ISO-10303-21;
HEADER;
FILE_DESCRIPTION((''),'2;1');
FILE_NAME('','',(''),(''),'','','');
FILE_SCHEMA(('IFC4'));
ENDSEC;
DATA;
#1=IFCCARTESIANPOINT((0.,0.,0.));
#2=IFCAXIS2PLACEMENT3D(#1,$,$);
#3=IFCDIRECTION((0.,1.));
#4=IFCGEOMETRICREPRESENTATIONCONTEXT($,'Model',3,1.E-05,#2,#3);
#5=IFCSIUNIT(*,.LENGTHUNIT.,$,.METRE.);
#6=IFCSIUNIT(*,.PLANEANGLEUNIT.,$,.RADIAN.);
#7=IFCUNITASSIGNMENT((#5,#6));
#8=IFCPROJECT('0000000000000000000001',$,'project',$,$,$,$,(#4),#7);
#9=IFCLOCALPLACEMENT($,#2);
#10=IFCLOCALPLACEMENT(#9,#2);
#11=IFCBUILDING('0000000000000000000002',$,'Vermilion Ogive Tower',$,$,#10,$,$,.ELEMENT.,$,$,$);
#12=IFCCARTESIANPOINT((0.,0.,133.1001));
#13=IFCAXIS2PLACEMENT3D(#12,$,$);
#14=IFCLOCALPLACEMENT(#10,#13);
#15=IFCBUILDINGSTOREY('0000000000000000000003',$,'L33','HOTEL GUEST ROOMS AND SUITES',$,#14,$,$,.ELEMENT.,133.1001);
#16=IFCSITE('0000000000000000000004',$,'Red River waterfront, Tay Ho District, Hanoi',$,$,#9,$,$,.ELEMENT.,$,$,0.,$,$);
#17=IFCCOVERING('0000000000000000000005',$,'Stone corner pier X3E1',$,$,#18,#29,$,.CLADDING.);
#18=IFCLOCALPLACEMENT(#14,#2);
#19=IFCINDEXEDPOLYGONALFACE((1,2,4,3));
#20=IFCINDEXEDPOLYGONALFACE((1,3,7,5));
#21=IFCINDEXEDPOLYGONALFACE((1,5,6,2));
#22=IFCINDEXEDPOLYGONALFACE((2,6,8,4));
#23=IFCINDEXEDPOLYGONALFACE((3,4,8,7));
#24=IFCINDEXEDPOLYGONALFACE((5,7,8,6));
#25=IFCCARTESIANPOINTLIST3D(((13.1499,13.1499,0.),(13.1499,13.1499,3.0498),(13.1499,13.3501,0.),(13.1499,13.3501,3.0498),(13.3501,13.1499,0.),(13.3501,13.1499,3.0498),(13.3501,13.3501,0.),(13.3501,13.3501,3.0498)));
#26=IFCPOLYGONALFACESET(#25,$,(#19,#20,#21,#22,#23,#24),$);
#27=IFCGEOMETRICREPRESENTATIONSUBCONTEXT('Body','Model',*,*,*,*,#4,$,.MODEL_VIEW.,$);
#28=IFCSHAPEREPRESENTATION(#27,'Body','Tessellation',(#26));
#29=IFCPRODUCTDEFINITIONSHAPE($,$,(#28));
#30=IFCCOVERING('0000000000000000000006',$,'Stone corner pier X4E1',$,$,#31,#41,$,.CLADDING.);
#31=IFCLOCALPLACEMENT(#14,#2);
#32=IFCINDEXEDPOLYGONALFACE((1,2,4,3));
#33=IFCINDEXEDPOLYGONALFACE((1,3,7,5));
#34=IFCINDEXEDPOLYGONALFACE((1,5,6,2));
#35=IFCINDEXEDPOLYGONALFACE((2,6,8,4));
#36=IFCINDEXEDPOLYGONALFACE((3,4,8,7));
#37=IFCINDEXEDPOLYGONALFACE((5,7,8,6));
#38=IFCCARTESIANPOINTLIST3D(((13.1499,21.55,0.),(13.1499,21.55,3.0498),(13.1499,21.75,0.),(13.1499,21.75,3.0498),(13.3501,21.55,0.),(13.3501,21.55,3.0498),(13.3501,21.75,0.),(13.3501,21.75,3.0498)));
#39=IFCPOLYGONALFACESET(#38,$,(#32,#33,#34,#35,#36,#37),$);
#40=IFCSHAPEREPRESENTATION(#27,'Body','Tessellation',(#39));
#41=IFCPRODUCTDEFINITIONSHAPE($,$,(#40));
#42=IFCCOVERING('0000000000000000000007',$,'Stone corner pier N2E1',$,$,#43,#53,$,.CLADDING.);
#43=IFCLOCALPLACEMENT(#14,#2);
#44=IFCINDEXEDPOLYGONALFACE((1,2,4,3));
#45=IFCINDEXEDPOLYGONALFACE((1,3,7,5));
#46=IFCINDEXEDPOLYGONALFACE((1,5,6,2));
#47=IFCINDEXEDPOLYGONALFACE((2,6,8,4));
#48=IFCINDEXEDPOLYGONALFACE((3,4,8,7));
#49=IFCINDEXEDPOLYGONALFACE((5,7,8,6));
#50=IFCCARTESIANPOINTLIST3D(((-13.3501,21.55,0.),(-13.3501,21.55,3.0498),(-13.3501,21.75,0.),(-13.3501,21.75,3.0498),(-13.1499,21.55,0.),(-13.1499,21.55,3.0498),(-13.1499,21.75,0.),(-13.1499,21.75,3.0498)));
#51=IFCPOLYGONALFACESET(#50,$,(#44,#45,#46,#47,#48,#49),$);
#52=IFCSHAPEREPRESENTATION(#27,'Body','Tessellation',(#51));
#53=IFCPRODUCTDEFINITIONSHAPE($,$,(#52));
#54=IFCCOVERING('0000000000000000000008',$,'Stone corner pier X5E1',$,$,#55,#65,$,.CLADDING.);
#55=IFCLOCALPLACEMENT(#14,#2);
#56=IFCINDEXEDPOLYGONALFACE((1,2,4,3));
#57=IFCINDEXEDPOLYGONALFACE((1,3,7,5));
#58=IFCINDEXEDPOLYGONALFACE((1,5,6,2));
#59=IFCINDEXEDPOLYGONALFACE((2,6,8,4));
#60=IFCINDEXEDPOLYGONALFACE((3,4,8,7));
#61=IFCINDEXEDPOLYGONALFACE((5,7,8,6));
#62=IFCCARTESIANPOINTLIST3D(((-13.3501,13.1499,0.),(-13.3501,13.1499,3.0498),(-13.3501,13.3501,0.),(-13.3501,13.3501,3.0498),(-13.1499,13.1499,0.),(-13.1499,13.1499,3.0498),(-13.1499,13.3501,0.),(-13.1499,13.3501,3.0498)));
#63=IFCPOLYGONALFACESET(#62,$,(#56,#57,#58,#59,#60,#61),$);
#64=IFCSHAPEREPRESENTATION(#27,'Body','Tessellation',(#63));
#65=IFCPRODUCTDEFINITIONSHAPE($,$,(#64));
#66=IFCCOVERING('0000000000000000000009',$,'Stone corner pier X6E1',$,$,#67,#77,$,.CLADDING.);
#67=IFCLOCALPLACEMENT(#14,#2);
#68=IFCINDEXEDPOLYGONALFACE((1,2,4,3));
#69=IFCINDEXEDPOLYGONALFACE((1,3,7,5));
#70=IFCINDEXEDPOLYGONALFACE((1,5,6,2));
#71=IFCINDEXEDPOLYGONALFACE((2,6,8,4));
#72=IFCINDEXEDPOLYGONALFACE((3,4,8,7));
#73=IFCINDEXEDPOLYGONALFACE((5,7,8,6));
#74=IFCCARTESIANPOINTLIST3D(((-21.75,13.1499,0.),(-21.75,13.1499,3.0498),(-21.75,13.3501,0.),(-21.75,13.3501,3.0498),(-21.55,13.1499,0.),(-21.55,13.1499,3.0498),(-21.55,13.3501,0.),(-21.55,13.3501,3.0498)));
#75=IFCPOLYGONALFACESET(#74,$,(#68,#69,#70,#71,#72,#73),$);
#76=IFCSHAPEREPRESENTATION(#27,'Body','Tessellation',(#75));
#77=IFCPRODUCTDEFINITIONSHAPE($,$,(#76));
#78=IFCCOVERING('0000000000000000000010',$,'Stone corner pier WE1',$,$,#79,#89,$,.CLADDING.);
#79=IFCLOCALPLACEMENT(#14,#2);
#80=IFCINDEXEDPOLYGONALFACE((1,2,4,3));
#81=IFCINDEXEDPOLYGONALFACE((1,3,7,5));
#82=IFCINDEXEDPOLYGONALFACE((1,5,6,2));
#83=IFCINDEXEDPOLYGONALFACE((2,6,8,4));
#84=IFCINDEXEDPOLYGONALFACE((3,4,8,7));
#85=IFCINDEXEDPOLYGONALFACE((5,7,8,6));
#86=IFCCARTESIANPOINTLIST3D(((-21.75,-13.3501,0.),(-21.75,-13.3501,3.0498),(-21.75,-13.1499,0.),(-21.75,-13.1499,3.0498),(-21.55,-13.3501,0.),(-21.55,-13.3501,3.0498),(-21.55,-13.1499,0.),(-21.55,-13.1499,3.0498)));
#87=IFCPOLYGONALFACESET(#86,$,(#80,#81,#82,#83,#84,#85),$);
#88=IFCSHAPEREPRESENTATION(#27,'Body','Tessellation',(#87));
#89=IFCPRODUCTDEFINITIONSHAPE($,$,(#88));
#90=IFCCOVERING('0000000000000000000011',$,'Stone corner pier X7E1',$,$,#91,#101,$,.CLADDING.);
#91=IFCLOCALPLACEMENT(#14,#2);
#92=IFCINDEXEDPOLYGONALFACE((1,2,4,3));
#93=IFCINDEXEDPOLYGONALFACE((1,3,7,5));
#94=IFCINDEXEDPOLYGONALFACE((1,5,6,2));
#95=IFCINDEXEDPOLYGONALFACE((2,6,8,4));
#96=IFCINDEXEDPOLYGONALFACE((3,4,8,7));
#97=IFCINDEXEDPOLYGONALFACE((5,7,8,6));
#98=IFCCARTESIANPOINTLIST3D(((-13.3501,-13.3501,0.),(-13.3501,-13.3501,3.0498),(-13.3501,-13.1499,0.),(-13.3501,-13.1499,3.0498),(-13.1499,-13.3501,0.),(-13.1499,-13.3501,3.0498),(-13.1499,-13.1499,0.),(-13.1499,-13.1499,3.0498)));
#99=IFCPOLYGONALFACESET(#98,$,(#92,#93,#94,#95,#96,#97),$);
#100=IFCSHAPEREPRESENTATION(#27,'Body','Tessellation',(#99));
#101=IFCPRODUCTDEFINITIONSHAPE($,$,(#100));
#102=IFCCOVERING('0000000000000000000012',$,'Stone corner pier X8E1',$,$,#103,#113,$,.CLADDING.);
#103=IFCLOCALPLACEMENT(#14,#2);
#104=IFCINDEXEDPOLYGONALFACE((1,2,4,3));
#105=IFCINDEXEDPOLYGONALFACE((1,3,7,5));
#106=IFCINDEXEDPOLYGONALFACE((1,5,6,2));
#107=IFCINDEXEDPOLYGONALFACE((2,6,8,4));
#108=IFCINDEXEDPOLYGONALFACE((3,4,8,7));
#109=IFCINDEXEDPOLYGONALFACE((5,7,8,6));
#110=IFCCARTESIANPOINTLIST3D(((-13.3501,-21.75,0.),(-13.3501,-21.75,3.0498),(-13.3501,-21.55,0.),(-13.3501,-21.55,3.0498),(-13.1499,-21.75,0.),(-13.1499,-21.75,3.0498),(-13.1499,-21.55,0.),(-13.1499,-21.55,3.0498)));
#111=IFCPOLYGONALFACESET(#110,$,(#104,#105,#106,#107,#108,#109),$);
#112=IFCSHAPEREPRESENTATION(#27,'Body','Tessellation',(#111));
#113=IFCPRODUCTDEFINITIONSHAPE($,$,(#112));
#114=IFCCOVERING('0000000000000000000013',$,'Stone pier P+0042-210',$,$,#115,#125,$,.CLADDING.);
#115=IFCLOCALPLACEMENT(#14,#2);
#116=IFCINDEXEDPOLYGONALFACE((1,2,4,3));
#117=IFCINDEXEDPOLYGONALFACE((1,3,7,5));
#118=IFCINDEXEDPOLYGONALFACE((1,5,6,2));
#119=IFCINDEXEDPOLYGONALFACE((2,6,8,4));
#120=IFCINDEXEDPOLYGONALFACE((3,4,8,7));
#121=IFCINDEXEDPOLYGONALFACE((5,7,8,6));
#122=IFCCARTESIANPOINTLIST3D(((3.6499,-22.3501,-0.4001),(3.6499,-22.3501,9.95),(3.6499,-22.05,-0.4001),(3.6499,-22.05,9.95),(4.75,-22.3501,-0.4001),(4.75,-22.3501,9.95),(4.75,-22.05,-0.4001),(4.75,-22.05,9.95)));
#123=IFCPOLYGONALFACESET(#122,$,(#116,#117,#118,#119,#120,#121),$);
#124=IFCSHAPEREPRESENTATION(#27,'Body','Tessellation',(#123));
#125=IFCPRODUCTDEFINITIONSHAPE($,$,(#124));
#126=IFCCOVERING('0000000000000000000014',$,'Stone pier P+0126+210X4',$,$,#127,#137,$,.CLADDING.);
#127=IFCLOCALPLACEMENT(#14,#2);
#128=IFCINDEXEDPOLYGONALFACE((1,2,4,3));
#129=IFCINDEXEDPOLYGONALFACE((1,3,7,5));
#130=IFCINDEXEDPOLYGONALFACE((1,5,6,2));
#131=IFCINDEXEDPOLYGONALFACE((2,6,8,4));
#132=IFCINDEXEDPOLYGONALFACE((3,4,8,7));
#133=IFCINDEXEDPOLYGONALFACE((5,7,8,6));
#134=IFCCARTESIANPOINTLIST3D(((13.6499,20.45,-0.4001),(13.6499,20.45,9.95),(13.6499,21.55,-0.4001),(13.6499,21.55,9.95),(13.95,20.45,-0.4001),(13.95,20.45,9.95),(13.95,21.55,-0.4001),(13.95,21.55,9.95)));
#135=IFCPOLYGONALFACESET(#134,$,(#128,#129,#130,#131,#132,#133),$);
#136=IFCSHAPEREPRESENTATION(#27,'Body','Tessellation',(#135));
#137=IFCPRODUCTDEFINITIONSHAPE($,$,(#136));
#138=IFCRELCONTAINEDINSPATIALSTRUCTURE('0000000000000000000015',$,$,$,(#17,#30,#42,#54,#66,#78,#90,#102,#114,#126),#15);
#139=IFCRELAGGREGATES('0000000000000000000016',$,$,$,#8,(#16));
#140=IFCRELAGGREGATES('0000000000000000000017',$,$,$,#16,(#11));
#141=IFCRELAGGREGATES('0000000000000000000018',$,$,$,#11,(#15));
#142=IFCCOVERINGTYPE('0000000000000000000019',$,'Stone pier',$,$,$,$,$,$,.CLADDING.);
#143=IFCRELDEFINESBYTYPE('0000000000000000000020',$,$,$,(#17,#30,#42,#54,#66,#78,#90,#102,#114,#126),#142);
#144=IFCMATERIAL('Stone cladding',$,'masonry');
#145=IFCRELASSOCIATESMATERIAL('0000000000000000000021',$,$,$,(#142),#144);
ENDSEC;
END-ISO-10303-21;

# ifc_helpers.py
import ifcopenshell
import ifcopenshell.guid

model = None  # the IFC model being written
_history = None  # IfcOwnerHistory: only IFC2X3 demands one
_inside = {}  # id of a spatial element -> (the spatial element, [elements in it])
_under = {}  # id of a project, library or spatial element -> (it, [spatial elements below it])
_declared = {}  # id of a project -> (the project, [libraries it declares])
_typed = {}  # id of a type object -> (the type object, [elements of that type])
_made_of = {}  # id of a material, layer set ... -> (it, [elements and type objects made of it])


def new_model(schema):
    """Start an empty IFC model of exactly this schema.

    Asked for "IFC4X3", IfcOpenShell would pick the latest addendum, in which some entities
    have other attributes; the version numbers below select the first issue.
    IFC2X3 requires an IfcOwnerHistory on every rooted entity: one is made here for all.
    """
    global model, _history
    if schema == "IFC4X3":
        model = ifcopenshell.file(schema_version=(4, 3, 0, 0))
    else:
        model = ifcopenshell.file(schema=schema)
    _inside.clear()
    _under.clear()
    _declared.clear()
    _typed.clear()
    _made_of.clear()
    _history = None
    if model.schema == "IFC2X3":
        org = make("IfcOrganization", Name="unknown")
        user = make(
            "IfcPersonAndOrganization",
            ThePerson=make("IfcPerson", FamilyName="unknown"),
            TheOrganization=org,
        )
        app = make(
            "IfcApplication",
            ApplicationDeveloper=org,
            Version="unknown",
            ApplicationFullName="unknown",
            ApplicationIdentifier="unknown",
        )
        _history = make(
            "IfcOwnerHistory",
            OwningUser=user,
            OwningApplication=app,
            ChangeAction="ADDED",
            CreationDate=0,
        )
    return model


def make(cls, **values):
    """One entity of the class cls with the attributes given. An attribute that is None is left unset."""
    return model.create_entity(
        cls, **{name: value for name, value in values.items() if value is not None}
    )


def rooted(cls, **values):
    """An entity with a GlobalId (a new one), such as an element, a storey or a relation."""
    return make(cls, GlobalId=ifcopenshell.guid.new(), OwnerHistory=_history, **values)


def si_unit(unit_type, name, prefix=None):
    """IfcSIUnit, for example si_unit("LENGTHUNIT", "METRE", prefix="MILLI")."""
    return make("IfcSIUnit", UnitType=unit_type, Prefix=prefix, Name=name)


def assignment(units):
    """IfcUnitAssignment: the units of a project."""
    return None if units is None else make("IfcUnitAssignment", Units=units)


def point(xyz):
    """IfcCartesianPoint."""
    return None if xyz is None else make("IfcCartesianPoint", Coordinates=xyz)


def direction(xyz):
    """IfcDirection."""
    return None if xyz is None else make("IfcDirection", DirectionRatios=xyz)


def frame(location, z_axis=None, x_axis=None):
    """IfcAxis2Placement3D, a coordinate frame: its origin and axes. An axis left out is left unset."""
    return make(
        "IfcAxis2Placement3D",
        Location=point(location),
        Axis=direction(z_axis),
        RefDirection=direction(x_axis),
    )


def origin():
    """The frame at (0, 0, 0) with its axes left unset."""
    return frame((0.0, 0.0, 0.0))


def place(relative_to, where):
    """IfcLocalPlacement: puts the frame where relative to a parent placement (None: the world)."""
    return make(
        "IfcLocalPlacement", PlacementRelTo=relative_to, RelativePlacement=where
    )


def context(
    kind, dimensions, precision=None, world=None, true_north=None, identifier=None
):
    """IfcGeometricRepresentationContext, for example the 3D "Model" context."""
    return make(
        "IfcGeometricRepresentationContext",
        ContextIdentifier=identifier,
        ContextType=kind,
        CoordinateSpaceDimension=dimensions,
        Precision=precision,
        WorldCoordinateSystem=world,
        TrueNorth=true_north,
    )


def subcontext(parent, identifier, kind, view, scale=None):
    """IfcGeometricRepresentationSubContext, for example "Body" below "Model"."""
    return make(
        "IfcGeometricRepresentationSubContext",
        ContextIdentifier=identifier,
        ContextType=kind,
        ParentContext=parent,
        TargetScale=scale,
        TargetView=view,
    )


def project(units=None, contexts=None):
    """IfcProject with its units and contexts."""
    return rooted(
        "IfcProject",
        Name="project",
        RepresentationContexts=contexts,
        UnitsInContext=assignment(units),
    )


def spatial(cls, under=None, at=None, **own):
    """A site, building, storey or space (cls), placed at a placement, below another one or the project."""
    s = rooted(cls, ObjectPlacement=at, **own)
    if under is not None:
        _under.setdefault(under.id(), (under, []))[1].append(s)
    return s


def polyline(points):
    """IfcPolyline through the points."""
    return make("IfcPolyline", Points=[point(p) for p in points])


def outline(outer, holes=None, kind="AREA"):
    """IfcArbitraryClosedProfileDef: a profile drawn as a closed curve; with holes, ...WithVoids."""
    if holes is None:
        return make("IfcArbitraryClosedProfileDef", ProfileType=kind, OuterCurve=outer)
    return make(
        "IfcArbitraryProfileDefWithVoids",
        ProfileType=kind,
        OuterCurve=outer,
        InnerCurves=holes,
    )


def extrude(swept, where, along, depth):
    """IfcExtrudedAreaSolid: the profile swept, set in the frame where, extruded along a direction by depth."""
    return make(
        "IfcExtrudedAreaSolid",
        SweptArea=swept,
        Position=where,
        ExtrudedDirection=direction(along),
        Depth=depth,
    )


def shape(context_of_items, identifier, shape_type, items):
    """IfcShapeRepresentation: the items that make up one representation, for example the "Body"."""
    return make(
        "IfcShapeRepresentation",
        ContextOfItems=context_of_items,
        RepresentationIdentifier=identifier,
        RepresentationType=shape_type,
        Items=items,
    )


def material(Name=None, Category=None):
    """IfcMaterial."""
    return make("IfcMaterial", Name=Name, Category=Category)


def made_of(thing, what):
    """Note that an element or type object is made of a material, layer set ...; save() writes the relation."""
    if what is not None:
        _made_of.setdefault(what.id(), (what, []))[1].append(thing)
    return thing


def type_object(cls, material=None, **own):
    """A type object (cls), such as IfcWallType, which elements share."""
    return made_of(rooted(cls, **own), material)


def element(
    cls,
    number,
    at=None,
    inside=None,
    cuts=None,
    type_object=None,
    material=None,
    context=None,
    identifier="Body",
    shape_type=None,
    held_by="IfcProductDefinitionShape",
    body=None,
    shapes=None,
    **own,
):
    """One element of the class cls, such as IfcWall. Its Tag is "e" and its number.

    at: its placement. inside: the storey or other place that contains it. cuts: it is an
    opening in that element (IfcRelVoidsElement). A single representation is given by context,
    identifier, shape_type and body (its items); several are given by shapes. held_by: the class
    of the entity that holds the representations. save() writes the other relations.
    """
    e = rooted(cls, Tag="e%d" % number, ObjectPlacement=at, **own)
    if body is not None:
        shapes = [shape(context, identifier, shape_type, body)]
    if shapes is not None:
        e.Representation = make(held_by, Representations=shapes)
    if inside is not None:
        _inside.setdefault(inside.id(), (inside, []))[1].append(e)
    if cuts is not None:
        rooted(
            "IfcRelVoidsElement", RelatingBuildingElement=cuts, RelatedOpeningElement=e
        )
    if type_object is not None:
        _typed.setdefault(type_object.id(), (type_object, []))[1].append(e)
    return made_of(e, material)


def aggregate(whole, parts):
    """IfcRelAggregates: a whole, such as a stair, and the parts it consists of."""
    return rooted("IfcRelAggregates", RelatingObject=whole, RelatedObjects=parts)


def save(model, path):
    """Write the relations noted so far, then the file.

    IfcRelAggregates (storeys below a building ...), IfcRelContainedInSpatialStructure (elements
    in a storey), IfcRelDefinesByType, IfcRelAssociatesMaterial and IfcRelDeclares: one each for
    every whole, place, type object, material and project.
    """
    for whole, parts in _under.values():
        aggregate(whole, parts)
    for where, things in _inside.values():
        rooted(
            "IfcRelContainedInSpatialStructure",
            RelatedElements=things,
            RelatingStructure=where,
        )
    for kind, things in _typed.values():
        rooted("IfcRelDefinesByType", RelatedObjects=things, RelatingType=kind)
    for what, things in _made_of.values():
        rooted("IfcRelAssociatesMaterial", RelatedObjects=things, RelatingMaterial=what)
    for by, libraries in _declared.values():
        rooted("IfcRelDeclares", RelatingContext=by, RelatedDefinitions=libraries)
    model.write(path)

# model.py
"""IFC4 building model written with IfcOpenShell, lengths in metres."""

from ifc_helpers import new_model, si_unit, direction, frame, origin, place, context, subcontext, project, spatial, polyline, outline, extrude, material, type_object, element, save


model = new_model("IFC4")

# Units and contexts
model_context = context("Model", 3, precision=1e-05, world=origin(), true_north=direction((0.0, 1.0)))
body_context = subcontext(model_context, "Body", "Model", "MODEL_VIEW")
ifc_project = project(units=[si_unit("LENGTHUNIT", "METRE"), si_unit("PLANEANGLEUNIT", "RADIAN")], contexts=[model_context])

# Site, building, storey
site_placement = place(None, origin())
site = spatial("IfcSite", under=ifc_project, at=site_placement, Name="Red River waterfront, Tay Ho District, Hanoi", CompositionType="ELEMENT", RefElevation=0.0)
building_placement = place(site_placement, origin())
building = spatial("IfcBuilding", under=site, at=building_placement, Name="Vermilion Ogive Tower", CompositionType="ELEMENT")
storey_placement = place(building_placement, frame((0.0, 0.0, 133.1001)))
storey = spatial("IfcBuildingStorey", under=building, at=storey_placement, Name="L33", Description="HOTEL GUEST ROOMS AND SUITES", CompositionType="ELEMENT", Elevation=133.1001)

# Coverings
ifc_material_1 = material(Name="Stone cladding", Category="masonry")
covering_type_1 = type_object("IfcCoveringType", Name="Stone pier", PredefinedType="CLADDING", material=ifc_material_1)
covering_1_placement = place(storey_placement, origin())
element("IfcCovering", 1, at=covering_1_placement, inside=storey, type_object=covering_type_1, Name="Stone corner pier X3E1", PredefinedType="CLADDING", context=body_context, shape_type="SweptSolid", body=[
    extrude(outline(polyline([(13.1499, 13.1499), (13.1499, 13.3501), (13.3501, 13.3501), (13.3501, 13.1499), (13.1499, 13.1499)])), origin(), (0.0, 0.0, 1.0), 3.0498),
])
covering_2_placement = place(storey_placement, origin())
element("IfcCovering", 2, at=covering_2_placement, inside=storey, type_object=covering_type_1, Name="Stone corner pier X4E1", PredefinedType="CLADDING", context=body_context, shape_type="SweptSolid", body=[
    extrude(outline(polyline([(13.3501, 21.55), (13.1499, 21.55), (13.1499, 21.75), (13.3501, 21.75), (13.3501, 21.55)])), origin(), (0.0, 0.0, 1.0), 3.0498),
])
covering_3_placement = place(storey_placement, origin())
element("IfcCovering", 3, at=covering_3_placement, inside=storey, type_object=covering_type_1, Name="Stone corner pier N2E1", PredefinedType="CLADDING", context=body_context, shape_type="SweptSolid", body=[
    extrude(outline(polyline([(-13.1499, 21.75), (-13.1499, 21.55), (-13.3501, 21.55), (-13.3501, 21.75), (-13.1499, 21.75)])), origin(), (0.0, 0.0, 1.0), 3.0498),
])
covering_4_placement = place(storey_placement, origin())
element("IfcCovering", 4, at=covering_4_placement, inside=storey, type_object=covering_type_1, Name="Stone corner pier X5E1", PredefinedType="CLADDING", context=body_context, shape_type="SweptSolid", body=[
    extrude(outline(polyline([(-13.1499, 13.1499), (-13.3501, 13.1499), (-13.3501, 13.3501), (-13.1499, 13.3501), (-13.1499, 13.1499)])), origin(), (0.0, 0.0, 1.0), 3.0498),
])
covering_5_placement = place(storey_placement, origin())
element("IfcCovering", 5, at=covering_5_placement, inside=storey, type_object=covering_type_1, Name="Stone corner pier X6E1", PredefinedType="CLADDING", context=body_context, shape_type="SweptSolid", body=[
    extrude(outline(polyline([(-21.55, 13.3501), (-21.55, 13.1499), (-21.75, 13.1499), (-21.75, 13.3501), (-21.55, 13.3501)])), origin(), (0.0, 0.0, 1.0), 3.0498),
])
covering_6_placement = place(storey_placement, origin())
element("IfcCovering", 6, at=covering_6_placement, inside=storey, type_object=covering_type_1, Name="Stone corner pier WE1", PredefinedType="CLADDING", context=body_context, shape_type="SweptSolid", body=[
    extrude(outline(polyline([(-21.75, -13.1499), (-21.55, -13.1499), (-21.55, -13.3501), (-21.75, -13.3501), (-21.75, -13.1499)])), origin(), (0.0, 0.0, 1.0), 3.0498),
])
covering_7_placement = place(storey_placement, origin())
element("IfcCovering", 7, at=covering_7_placement, inside=storey, type_object=covering_type_1, Name="Stone corner pier X7E1", PredefinedType="CLADDING", context=body_context, shape_type="SweptSolid", body=[
    extrude(outline(polyline([(-13.1499, -13.1499), (-13.1499, -13.3501), (-13.3501, -13.3501), (-13.3501, -13.1499), (-13.1499, -13.1499)])), origin(), (0.0, 0.0, 1.0), 3.0498),
])
covering_8_placement = place(storey_placement, origin())
element("IfcCovering", 8, at=covering_8_placement, inside=storey, type_object=covering_type_1, Name="Stone corner pier X8E1", PredefinedType="CLADDING", context=body_context, shape_type="SweptSolid", body=[
    extrude(outline(polyline([(-13.3501, -21.55), (-13.1499, -21.55), (-13.1499, -21.75), (-13.3501, -21.75), (-13.3501, -21.55)])), origin(), (0.0, 0.0, 1.0), 3.0498),
])
covering_9_placement = place(storey_placement, frame((0.0, 0.0, -0.4001)))
element("IfcCovering", 9, at=covering_9_placement, inside=storey, type_object=covering_type_1, Name="Stone pier P+0042-210", PredefinedType="CLADDING", context=body_context, shape_type="SweptSolid", body=[
    extrude(outline(polyline([(4.75, -22.3501), (3.6499, -22.3501), (3.6499, -22.05), (4.75, -22.05), (4.75, -22.3501)])), origin(), (0.0, 0.0, 1.0), 10.3501),
])
covering_10_placement = place(storey_placement, frame((0.0, 0.0, -0.4001)))
element("IfcCovering", 10, at=covering_10_placement, inside=storey, type_object=covering_type_1, Name="Stone pier P+0126+210X4", PredefinedType="CLADDING", context=body_context, shape_type="SweptSolid", body=[
    extrude(outline(polyline([(13.95, 21.55), (13.95, 20.45), (13.6499, 20.45), (13.6499, 21.55), (13.95, 21.55)])), origin(), (0.0, 0.0, 1.0), 10.3501),
])

save(model, "model.ifc")
